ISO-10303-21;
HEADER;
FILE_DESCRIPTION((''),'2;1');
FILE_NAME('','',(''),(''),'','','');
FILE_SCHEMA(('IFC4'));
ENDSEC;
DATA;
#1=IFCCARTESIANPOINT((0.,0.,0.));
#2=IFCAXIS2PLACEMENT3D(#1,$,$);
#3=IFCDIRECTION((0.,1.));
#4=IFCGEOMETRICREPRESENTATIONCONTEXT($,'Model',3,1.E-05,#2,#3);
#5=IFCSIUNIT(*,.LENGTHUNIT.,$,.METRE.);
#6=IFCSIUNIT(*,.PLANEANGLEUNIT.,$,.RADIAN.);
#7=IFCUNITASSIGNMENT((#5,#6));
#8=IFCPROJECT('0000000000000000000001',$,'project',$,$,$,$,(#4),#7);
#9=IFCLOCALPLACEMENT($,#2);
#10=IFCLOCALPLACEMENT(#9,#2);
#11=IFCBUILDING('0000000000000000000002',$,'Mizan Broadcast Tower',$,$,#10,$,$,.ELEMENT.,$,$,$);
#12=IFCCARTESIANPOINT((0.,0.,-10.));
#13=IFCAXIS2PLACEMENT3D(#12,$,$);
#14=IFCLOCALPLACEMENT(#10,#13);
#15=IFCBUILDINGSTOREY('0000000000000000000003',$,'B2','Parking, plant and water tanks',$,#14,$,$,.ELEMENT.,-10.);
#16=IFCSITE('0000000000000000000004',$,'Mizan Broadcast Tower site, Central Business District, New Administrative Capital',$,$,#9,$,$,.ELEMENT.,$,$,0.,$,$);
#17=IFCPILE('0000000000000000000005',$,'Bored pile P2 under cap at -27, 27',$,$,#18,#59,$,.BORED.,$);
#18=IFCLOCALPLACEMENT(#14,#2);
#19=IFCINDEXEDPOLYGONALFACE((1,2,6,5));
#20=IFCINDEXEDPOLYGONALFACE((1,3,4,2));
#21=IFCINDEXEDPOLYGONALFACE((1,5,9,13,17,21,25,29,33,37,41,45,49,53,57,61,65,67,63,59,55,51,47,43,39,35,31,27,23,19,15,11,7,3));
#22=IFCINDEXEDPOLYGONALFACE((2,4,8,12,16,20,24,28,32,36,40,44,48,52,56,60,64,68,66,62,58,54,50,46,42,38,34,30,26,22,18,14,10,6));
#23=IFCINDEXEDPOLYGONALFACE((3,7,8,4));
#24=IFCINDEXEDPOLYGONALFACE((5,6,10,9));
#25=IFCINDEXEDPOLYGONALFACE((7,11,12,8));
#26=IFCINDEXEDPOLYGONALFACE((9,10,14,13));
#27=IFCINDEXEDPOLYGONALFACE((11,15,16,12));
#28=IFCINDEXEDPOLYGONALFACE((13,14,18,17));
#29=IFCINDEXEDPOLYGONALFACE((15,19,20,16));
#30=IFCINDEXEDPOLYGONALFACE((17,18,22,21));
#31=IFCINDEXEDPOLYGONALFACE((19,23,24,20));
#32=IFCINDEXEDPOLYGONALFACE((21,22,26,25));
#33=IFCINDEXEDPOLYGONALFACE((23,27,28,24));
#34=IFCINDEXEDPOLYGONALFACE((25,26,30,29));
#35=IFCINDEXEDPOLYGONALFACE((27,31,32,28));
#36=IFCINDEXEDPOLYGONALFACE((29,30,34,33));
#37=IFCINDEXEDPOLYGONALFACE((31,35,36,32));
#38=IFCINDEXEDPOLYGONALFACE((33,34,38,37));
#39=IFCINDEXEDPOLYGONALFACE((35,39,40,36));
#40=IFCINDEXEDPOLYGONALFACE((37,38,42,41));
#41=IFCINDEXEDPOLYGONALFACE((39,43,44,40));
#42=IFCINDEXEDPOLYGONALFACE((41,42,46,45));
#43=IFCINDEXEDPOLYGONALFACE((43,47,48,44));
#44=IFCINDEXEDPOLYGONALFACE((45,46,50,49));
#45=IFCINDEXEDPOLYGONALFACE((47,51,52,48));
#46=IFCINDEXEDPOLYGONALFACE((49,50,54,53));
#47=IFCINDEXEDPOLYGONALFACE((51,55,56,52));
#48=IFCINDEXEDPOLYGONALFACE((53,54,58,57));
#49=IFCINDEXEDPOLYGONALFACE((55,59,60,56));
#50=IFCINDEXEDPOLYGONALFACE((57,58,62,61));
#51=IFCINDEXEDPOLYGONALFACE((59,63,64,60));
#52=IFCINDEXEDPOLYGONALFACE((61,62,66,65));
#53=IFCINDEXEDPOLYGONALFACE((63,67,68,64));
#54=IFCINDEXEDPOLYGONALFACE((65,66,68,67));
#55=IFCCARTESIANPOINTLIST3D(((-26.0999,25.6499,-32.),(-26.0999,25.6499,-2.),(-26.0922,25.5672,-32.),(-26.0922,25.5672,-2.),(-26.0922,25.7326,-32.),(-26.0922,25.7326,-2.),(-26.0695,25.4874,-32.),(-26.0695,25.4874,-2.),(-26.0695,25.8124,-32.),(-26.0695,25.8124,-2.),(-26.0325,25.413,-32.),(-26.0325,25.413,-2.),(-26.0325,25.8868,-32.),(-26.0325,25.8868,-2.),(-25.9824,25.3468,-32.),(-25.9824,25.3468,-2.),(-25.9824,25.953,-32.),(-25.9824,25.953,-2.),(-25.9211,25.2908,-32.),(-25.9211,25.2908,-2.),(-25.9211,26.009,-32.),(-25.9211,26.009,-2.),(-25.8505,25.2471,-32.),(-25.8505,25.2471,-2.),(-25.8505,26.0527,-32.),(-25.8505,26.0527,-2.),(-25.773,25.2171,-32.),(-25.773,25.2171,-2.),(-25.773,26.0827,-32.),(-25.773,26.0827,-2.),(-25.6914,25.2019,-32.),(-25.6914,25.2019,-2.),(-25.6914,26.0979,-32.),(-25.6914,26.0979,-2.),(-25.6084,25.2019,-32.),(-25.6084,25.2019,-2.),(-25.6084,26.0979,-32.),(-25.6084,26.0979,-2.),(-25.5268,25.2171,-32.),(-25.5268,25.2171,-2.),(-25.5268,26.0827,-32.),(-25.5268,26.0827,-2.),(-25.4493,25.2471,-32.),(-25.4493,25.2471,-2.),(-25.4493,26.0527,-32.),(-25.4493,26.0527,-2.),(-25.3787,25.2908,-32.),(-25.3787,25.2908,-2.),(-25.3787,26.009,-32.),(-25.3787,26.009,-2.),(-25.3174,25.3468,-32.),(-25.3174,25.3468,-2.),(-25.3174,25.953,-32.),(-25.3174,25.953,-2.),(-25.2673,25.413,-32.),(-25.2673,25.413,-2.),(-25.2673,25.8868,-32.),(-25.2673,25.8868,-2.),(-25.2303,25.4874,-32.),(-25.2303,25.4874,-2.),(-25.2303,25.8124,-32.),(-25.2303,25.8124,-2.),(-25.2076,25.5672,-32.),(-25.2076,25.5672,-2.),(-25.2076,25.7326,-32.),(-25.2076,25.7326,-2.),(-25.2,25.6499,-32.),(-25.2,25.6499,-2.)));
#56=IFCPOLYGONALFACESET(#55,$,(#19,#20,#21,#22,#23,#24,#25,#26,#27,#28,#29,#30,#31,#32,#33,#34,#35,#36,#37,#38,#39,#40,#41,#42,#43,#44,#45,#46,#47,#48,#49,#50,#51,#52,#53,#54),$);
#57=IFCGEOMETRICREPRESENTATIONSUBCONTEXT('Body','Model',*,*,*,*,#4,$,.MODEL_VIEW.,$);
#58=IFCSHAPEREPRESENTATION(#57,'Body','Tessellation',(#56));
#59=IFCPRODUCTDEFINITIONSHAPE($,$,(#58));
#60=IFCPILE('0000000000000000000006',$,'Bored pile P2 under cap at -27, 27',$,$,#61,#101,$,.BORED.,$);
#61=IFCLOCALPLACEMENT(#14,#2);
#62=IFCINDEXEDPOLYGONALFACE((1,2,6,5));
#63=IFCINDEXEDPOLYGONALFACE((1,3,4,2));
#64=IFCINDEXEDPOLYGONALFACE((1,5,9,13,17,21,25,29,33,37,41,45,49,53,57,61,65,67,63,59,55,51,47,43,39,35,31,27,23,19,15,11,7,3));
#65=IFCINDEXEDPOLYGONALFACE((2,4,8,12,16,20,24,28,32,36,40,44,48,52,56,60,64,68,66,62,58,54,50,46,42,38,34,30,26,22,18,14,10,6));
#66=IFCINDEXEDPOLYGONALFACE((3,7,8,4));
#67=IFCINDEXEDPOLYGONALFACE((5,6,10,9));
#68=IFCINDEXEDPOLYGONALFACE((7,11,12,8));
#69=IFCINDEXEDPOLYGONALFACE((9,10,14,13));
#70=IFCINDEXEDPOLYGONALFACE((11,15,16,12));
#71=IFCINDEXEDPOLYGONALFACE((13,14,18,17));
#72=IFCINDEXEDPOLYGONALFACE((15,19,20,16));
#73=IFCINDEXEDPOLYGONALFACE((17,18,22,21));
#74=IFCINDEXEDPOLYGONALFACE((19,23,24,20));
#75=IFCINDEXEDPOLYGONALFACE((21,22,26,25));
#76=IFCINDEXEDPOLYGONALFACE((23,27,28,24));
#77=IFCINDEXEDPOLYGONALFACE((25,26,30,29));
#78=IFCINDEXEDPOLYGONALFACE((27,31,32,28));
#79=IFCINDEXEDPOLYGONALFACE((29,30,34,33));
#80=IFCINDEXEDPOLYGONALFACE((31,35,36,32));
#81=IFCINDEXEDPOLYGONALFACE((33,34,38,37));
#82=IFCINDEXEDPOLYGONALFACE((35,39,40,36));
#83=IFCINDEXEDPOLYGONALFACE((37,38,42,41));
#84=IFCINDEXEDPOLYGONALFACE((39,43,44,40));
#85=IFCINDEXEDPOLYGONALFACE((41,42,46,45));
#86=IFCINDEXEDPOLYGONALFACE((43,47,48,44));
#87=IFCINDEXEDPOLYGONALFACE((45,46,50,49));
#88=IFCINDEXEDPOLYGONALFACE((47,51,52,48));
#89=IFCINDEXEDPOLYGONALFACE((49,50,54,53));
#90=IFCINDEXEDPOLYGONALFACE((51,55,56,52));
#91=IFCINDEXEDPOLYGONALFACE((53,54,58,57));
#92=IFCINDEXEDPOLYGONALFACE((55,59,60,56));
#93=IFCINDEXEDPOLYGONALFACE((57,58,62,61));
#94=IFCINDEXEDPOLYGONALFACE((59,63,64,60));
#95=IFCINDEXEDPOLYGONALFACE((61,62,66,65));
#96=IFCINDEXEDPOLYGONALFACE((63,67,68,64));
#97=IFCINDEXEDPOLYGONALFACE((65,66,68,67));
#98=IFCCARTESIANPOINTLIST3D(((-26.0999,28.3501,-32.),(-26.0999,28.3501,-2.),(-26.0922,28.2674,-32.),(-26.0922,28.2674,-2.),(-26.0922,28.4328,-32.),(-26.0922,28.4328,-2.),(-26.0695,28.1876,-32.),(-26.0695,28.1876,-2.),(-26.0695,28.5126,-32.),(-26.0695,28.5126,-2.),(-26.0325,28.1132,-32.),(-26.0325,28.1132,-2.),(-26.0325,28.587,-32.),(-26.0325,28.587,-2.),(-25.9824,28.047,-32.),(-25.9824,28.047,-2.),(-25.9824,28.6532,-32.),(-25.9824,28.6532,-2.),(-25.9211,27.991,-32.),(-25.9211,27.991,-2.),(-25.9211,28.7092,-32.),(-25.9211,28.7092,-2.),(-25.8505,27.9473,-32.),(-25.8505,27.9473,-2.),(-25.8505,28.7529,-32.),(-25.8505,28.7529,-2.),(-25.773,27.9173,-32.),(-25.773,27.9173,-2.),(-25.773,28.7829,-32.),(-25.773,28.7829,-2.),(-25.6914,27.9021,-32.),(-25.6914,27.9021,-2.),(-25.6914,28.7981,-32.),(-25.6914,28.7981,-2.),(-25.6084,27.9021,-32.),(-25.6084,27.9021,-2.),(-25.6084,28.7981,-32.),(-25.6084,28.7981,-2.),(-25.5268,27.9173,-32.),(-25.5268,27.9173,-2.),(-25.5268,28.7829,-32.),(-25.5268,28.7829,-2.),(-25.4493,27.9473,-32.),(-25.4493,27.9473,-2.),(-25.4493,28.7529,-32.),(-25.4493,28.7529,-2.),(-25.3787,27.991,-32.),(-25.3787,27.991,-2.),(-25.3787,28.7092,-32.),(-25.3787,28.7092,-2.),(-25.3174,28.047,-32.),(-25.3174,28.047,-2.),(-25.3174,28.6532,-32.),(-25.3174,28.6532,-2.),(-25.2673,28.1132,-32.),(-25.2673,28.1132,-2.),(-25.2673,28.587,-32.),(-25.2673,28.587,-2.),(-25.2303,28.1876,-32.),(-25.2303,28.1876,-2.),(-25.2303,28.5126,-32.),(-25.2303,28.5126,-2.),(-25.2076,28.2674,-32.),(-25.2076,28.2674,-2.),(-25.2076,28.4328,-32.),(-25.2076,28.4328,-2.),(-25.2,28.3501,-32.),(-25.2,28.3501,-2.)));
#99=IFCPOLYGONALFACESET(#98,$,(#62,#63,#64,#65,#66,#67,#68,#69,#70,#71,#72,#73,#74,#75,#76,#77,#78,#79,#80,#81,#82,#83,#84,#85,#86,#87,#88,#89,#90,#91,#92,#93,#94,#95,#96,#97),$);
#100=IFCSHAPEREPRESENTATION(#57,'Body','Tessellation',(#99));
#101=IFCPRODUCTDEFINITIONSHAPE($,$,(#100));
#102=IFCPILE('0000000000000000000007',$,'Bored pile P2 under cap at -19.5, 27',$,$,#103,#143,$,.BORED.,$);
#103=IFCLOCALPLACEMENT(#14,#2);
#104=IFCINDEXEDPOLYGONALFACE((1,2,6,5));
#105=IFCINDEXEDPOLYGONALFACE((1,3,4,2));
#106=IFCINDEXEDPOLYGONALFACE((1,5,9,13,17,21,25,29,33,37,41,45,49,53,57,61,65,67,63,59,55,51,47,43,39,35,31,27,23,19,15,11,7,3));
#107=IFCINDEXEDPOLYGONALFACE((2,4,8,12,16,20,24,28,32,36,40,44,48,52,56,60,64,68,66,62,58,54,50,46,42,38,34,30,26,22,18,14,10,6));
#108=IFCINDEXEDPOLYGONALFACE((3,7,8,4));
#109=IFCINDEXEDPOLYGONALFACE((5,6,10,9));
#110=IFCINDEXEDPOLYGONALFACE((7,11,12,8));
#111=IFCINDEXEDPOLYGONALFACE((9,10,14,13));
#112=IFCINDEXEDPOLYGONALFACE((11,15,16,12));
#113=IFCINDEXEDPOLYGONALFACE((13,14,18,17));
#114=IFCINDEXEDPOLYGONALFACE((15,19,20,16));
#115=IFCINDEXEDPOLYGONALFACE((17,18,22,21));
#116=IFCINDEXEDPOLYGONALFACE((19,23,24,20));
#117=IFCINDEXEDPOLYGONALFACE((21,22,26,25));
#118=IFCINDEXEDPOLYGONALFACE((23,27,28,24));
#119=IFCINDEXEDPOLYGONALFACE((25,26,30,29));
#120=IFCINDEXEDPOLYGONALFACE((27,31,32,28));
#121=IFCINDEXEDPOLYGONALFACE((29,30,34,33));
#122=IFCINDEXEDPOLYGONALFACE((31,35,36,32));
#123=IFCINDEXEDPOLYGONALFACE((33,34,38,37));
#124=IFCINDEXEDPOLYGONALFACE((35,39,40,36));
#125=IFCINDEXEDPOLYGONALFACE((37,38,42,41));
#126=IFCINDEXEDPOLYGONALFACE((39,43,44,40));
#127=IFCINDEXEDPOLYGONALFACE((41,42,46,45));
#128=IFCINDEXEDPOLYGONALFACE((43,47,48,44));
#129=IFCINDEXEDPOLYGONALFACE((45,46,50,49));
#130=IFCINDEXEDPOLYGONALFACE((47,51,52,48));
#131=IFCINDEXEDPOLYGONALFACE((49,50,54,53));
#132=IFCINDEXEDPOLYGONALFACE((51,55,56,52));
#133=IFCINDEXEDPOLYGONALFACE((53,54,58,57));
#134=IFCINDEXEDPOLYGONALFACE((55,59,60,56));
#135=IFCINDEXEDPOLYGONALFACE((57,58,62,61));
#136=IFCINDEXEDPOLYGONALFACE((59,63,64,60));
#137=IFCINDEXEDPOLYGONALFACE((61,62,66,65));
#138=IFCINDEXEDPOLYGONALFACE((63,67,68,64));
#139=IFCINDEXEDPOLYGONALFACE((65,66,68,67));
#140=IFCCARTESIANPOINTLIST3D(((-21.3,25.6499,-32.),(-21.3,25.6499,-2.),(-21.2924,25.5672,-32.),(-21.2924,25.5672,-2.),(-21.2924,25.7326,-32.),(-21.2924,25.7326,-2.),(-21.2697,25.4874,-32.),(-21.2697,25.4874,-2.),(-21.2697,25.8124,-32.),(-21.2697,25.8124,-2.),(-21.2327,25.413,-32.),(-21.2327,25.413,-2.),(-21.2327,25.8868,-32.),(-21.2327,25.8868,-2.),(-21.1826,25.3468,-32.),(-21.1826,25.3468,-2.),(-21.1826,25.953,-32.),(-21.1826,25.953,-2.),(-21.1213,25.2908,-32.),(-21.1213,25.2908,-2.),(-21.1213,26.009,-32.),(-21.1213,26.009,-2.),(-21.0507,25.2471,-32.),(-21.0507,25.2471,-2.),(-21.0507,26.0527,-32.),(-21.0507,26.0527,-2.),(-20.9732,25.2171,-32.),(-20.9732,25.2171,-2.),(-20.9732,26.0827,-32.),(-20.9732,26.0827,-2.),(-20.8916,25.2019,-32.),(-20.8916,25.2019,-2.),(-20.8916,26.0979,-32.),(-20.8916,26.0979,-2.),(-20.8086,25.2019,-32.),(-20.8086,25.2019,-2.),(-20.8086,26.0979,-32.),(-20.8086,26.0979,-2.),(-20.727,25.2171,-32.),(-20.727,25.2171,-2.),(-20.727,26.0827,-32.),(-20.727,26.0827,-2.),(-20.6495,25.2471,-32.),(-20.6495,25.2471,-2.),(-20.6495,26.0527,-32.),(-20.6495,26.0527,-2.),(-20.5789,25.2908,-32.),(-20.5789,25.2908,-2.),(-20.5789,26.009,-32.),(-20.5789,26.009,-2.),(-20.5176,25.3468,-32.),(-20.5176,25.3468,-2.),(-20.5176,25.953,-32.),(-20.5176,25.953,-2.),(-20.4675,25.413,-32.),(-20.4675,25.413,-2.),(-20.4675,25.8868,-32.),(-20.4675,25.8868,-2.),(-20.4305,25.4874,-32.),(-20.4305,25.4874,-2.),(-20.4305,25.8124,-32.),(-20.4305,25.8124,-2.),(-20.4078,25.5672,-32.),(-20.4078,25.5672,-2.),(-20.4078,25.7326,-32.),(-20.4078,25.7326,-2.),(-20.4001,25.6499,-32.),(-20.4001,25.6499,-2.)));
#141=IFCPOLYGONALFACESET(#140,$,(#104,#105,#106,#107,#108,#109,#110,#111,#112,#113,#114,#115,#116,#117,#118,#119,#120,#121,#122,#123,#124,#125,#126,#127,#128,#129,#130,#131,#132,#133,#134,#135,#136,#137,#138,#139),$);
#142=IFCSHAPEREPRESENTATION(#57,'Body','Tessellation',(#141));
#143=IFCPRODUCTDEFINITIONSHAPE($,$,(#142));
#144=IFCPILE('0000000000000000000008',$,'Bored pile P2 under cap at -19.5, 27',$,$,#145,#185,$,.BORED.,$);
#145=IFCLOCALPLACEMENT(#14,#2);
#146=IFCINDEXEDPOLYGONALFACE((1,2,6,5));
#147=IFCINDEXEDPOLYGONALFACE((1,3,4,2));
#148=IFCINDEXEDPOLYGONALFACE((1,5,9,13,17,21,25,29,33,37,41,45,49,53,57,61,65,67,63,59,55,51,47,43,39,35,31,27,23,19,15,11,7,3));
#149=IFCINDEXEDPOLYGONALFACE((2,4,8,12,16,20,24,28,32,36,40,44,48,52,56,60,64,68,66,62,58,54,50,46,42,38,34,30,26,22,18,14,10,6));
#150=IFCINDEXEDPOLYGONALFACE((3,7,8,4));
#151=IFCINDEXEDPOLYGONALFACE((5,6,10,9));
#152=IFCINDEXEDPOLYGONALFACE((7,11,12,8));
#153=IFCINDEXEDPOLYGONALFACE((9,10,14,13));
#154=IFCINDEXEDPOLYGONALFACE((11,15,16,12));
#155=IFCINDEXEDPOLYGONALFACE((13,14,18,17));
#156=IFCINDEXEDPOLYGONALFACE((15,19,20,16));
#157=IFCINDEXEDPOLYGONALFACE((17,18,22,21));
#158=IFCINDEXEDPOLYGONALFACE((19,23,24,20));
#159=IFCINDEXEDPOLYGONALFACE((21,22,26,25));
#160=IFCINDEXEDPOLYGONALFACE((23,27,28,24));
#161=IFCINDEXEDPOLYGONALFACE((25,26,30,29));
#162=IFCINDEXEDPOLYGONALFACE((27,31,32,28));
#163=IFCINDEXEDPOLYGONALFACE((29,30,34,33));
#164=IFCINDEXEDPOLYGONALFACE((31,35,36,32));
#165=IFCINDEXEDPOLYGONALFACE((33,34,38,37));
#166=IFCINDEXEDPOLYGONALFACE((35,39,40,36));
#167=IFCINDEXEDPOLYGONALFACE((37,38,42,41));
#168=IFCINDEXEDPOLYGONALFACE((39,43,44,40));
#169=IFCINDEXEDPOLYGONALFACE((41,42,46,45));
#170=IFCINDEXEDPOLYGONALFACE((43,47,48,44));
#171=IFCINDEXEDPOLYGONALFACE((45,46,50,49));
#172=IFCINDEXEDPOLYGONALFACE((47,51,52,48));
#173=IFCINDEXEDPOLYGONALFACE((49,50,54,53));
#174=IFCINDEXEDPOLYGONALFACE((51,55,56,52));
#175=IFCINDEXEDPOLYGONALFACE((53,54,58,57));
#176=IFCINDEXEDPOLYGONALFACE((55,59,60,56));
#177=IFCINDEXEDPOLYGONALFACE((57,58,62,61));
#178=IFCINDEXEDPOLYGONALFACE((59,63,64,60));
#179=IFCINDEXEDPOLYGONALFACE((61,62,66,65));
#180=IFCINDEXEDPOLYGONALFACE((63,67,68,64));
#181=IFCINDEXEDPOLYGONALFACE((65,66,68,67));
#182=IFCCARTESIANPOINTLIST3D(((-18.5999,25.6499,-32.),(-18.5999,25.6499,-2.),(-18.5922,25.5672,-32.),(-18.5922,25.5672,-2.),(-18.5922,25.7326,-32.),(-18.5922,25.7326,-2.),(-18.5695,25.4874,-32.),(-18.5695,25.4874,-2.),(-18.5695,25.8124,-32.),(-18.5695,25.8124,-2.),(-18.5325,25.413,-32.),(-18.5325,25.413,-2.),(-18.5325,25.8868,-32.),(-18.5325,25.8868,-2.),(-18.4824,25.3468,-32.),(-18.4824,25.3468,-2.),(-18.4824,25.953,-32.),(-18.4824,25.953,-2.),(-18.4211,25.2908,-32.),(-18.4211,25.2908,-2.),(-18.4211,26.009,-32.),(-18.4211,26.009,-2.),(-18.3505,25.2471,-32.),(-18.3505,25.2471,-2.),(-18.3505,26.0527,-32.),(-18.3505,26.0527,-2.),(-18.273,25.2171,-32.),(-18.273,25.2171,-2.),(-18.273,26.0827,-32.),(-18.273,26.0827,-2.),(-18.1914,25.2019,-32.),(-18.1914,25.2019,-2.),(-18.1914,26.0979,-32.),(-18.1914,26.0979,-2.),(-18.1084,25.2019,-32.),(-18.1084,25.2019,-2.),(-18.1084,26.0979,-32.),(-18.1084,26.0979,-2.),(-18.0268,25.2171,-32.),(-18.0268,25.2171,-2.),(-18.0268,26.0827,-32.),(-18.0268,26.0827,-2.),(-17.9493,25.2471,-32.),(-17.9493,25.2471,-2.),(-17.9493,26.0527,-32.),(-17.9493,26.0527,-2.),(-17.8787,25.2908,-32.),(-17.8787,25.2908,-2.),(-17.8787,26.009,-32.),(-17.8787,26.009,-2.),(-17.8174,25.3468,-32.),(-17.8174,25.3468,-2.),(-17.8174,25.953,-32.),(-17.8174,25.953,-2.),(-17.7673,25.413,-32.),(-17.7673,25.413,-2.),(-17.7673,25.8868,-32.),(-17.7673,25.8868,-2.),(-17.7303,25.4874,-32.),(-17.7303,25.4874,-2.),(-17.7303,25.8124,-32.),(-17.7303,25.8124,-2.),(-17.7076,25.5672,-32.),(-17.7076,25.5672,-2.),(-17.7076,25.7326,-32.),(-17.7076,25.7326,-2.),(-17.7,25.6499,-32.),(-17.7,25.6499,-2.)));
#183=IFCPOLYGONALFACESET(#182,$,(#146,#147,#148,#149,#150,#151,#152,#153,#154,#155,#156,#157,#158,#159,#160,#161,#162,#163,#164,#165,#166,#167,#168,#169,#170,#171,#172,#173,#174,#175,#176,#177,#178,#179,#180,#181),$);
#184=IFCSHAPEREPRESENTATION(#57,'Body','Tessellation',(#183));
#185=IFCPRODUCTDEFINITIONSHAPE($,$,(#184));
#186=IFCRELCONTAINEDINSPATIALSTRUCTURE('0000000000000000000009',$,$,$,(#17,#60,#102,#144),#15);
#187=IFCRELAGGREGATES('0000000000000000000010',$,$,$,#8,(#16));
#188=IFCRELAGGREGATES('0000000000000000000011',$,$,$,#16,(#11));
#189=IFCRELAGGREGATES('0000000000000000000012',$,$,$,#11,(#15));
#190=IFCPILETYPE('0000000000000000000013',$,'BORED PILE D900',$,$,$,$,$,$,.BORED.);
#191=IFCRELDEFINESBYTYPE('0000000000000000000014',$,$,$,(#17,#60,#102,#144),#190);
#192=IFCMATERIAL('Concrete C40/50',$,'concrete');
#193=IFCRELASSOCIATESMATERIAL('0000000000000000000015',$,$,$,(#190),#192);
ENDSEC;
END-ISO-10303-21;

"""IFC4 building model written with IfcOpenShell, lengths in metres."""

from ifc_helpers import new_model, si_unit, direction, frame, origin, origin_2d, place, context, subcontext, project, spatial, circle, extrude, material, material_profile, profile_set, type_object, element, save


model = new_model("IFC4")

# Units and contexts
model_context = context("Model", 3, precision=1e-05, world=origin(), true_north=direction((0.0, 1.0)))
body_context = subcontext(model_context, "Body", "Model", "MODEL_VIEW")
ifc_project = project(units=[si_unit("LENGTHUNIT", "METRE"), si_unit("PLANEANGLEUNIT", "RADIAN")], contexts=[model_context])

# Site, building, storey
site_placement = place(None, origin())
site = spatial("IfcSite", under=ifc_project, at=site_placement, Name="Mizan Broadcast Tower site, Central Business District, New Administrative Capital", CompositionType="ELEMENT", RefElevation=0.0)
building_placement = place(site_placement, origin())
building = spatial("IfcBuilding", under=site, at=building_placement, Name="Mizan Broadcast Tower", CompositionType="ELEMENT")
storey_placement = place(building_placement, frame((0.0, 0.0, -10.0)))
storey = spatial("IfcBuildingStorey", under=building, at=storey_placement, Name="B2", Description="Parking, plant and water tanks", CompositionType="ELEMENT", Elevation=-10.0)

# Piles
ifc_material_1 = material(Name="Concrete C40/50", Category="concrete")
ifc_material_profile_1 = material_profile(ifc_material_1, circle(Radius=0.45, at=origin_2d()), Name="D900")
ifc_profile_set_1 = profile_set([ifc_material_profile_1], Name="Concrete C40/50")
pile_type = type_object("IfcPileType", Name="BORED PILE D900", PredefinedType="BORED", material=ifc_profile_set_1)
for number, where, z_axis, x_axis, name in (
    (1, (-25.6499, 25.6499, -2.0), (0.0, 0.0, -1.0), (1.0, 0.0, 0.0), "Bored pile P2 under cap at -27, 27"),
    (2, (-25.6499, 28.3501, -2.0), (0.0, 0.0, -1.0), (1.0, 0.0, 0.0), "Bored pile P2 under cap at -27, 27"),
    (3, (-20.8501, 25.6499, -2.0), (0.0, 0.0, -1.0), (1.0, 0.0, 0.0), "Bored pile P2 under cap at -19.5, 27"),
    (4, (-18.1499, 25.6499, -2.0), (0.0, 0.0, -1.0), (1.0, 0.0, 0.0), "Bored pile P2 under cap at -19.5, 27"),
):
    element("IfcPile", number, at=place(storey_placement, frame(where, z_axis=z_axis, x_axis=x_axis)), inside=storey, type_object=pile_type, Name=name, PredefinedType="BORED", context=body_context, shape_type="SweptSolid", body=[
        extrude(circle(Radius=0.45, at=origin_2d()), origin(), (0.0, 0.0, 1.0), 30.0),
    ])

save(model, "model.ifc")
